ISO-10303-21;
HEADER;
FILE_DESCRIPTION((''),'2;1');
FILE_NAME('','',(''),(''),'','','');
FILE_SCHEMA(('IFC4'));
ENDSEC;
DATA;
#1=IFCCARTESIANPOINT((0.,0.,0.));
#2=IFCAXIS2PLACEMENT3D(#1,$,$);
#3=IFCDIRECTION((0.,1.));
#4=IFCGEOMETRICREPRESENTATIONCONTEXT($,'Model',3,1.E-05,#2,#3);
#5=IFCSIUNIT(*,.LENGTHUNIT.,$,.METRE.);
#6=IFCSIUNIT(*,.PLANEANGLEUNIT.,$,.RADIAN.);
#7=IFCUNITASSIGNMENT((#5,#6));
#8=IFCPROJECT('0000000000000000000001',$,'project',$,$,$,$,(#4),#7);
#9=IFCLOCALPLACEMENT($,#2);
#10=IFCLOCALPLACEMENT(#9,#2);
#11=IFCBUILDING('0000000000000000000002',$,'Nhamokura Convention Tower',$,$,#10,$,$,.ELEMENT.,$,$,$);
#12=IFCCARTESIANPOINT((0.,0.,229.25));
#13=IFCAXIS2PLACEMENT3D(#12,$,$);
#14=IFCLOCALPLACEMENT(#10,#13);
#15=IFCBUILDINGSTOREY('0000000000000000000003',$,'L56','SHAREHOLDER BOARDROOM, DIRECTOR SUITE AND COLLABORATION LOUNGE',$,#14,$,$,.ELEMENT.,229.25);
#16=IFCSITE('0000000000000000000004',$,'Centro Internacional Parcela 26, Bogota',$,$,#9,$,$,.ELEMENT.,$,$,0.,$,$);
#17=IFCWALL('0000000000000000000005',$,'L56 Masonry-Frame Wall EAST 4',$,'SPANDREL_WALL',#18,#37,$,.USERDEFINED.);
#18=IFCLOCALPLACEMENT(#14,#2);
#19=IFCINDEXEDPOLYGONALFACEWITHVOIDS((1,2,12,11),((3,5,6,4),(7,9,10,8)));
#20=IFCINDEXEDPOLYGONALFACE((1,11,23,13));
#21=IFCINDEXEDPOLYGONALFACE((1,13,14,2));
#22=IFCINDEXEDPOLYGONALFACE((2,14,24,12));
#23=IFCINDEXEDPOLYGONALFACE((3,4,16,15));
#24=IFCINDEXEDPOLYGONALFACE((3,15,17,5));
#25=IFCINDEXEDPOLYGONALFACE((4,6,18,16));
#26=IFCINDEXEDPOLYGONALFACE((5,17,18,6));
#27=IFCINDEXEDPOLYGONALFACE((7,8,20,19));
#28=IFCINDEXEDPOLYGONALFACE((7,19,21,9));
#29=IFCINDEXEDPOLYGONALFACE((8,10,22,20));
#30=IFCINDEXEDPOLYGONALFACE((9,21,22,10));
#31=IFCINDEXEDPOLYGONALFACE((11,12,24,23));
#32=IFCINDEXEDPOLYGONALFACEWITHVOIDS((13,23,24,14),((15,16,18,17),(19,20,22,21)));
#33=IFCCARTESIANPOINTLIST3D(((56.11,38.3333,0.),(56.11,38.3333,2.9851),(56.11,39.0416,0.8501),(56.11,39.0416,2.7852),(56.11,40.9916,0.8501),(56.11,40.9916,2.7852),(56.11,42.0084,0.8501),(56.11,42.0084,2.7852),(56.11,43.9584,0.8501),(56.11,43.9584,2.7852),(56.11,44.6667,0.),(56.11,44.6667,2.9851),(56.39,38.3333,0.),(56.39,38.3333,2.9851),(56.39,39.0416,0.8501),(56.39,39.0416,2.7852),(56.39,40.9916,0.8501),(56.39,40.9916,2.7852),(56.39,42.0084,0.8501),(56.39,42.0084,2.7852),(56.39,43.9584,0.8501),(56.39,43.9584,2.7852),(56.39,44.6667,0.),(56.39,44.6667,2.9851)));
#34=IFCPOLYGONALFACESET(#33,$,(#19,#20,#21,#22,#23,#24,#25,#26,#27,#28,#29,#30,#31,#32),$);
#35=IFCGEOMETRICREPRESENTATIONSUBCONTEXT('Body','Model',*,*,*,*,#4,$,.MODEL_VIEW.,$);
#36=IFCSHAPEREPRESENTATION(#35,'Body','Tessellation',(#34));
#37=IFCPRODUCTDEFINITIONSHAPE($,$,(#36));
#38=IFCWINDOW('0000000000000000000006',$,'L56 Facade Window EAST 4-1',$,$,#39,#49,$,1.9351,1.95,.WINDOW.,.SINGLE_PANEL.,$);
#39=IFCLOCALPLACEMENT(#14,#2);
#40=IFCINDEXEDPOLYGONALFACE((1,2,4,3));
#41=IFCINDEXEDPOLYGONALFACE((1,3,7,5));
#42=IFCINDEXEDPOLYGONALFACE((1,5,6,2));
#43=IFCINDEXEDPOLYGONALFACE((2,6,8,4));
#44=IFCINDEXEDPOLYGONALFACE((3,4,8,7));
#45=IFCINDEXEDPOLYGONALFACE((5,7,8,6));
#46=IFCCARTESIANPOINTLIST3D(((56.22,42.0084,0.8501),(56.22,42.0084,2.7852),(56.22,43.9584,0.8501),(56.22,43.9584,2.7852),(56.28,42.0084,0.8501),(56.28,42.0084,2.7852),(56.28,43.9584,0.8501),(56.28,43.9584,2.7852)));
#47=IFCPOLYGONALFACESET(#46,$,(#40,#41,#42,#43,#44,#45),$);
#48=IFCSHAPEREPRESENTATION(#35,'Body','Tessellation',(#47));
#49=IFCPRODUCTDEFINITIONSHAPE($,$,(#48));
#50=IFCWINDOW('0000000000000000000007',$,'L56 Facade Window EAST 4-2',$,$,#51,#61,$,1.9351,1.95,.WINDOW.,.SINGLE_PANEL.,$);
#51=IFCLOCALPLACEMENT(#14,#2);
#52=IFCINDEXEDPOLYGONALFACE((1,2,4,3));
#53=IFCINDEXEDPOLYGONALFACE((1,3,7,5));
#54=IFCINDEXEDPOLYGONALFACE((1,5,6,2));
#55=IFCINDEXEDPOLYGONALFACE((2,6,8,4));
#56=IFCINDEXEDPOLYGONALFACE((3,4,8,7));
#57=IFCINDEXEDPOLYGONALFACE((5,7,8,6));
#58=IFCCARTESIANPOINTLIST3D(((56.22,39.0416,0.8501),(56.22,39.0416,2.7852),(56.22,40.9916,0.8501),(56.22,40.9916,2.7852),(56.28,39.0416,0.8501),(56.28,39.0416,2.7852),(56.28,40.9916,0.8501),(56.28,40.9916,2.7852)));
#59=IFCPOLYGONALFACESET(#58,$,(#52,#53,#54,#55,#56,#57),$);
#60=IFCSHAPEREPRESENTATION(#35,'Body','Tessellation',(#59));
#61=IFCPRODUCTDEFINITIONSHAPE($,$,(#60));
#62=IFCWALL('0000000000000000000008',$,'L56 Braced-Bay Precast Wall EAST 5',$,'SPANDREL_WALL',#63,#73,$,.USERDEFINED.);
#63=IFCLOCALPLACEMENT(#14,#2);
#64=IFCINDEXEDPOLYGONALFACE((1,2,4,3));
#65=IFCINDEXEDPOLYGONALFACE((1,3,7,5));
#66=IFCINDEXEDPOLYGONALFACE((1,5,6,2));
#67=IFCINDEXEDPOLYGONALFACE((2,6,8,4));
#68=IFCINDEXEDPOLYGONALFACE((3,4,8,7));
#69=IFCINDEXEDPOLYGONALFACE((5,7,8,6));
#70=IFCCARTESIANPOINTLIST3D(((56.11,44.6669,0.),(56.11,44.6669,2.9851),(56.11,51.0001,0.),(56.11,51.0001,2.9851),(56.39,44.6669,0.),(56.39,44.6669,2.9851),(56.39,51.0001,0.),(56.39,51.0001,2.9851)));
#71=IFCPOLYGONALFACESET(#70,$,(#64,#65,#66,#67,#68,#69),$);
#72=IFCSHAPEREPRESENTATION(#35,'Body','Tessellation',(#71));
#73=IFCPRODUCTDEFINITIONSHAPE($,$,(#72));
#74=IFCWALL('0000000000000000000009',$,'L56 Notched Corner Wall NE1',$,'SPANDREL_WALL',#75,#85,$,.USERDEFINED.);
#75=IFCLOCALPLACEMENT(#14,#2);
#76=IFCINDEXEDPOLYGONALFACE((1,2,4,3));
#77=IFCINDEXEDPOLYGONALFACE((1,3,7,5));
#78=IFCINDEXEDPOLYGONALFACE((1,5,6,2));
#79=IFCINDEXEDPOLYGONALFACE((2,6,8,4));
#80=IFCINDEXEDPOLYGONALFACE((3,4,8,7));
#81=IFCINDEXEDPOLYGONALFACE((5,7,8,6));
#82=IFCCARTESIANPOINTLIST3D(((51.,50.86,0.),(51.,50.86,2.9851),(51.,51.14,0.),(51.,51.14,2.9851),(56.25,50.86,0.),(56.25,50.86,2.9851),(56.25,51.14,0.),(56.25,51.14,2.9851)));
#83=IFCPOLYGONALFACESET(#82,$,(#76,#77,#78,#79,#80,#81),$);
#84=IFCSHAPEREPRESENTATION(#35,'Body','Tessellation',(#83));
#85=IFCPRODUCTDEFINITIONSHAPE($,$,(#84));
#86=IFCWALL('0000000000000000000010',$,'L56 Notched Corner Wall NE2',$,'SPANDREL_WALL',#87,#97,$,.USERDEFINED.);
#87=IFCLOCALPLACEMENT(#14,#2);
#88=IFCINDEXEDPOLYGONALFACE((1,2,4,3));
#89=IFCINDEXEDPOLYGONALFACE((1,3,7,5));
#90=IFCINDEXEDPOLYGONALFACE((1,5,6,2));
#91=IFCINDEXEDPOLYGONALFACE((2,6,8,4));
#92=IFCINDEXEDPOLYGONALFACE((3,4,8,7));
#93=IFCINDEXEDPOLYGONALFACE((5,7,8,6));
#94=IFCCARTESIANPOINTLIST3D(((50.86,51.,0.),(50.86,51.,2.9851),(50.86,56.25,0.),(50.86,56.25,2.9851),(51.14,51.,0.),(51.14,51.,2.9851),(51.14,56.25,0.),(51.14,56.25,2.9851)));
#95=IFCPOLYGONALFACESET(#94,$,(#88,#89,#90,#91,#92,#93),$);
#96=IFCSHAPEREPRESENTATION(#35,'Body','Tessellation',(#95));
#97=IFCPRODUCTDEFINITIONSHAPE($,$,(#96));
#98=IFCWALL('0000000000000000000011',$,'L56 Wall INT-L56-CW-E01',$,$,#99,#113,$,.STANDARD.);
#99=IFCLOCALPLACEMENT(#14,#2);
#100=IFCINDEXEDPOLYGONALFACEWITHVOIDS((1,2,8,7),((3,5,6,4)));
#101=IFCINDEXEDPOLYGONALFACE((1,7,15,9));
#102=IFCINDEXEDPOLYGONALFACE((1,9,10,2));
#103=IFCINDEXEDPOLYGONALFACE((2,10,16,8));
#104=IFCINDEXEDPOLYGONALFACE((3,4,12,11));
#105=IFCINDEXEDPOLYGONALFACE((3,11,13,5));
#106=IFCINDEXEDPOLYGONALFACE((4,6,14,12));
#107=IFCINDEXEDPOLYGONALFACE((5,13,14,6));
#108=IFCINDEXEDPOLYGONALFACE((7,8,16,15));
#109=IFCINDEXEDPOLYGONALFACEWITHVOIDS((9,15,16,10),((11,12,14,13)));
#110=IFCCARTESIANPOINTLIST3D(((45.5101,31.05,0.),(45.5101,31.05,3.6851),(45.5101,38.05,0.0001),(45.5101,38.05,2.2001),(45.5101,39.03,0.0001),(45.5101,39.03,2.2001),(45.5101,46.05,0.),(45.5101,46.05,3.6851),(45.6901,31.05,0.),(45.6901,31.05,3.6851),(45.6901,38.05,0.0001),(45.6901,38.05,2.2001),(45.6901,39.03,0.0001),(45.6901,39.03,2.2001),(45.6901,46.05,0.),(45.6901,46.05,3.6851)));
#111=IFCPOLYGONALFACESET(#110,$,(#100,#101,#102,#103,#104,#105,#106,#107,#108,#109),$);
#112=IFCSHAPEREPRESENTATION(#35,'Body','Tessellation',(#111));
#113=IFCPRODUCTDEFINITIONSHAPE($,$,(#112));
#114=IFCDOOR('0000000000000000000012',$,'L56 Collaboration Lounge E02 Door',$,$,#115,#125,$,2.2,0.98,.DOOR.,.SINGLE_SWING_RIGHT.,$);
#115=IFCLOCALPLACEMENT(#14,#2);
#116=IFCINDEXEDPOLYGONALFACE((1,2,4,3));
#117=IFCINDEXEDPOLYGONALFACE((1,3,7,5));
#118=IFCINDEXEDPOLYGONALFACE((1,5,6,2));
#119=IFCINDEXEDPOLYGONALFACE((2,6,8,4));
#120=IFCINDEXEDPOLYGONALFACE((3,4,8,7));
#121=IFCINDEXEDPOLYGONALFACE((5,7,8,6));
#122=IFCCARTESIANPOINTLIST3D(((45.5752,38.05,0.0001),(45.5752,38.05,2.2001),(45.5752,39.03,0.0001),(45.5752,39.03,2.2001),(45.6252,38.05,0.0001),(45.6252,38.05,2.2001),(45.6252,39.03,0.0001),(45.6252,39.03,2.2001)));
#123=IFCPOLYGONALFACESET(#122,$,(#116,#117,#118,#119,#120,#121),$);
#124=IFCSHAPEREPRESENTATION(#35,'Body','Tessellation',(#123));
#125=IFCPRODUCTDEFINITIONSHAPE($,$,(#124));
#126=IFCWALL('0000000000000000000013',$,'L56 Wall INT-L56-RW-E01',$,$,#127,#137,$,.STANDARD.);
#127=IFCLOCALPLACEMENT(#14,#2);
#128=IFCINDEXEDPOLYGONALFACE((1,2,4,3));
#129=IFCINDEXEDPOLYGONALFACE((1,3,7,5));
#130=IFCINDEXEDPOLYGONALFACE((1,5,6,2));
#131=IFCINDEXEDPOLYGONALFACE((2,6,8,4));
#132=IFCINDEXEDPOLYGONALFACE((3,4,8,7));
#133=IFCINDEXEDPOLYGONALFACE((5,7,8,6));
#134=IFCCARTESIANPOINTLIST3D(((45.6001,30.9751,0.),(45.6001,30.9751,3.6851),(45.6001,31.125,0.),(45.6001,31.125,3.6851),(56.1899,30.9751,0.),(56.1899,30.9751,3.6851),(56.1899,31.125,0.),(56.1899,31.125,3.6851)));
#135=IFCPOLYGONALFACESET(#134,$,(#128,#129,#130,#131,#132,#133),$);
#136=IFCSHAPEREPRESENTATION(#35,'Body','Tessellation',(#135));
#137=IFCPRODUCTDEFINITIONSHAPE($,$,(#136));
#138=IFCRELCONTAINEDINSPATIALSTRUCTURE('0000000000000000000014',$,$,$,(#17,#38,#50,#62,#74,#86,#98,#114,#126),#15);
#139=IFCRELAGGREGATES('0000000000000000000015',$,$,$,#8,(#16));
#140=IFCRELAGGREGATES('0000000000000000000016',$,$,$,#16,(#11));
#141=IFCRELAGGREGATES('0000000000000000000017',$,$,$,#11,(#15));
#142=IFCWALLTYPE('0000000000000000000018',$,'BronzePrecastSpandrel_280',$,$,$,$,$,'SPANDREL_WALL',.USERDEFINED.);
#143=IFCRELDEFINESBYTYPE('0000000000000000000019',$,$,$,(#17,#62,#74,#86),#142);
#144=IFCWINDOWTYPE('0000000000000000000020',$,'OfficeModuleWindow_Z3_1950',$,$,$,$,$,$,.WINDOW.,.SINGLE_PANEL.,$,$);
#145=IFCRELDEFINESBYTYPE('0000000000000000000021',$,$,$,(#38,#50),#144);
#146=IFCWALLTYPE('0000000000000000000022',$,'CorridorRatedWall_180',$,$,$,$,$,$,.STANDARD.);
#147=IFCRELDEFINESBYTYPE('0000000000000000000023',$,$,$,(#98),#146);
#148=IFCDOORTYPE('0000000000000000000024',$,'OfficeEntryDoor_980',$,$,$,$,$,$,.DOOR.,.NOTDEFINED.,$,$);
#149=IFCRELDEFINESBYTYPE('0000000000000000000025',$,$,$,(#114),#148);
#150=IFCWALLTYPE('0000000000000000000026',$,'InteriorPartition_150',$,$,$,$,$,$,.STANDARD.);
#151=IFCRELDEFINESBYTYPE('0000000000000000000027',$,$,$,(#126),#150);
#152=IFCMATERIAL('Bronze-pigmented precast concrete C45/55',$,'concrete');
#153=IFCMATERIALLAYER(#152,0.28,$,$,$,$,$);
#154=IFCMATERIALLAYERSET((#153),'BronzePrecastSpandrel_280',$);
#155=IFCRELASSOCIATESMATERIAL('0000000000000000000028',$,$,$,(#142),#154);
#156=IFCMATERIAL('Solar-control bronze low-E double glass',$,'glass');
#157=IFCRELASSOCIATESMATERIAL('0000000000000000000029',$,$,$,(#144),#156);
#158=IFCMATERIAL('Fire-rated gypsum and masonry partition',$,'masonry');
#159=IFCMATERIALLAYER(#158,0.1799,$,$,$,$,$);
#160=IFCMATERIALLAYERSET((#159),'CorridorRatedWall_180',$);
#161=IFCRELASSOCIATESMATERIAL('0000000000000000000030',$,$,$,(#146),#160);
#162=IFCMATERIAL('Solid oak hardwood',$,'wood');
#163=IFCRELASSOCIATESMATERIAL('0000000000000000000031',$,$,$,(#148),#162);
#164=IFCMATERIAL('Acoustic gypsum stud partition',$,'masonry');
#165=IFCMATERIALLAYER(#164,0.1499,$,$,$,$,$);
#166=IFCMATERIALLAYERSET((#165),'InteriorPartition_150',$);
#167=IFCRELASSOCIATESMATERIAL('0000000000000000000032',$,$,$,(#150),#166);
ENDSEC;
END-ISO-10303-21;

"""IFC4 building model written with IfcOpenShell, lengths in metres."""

from ifc_helpers import new_model, si_unit, direction, frame, frame_2d, origin, place, context, subcontext, project, spatial, rectangle, extrude, material, layer, layer_set, type_object, element, fill, save


model = new_model("IFC4")

# Units and contexts
model_context = context("Model", 3, precision=1e-05, world=origin(), true_north=direction((0.0, 1.0)))
body_context = subcontext(model_context, "Body", "Model", "MODEL_VIEW")
ifc_project = project(units=[si_unit("LENGTHUNIT", "METRE"), si_unit("PLANEANGLEUNIT", "RADIAN")], contexts=[model_context])

# Site, building, storey
site_placement = place(None, origin())
site = spatial("IfcSite", under=ifc_project, at=site_placement, Name="Centro Internacional Parcela 26, Bogota", CompositionType="ELEMENT", RefElevation=0.0)
building_placement = place(site_placement, origin())
building = spatial("IfcBuilding", under=site, at=building_placement, Name="Nhamokura Convention Tower", CompositionType="ELEMENT")
storey_placement = place(building_placement, frame((0.0, 0.0, 229.25)))
storey = spatial("IfcBuildingStorey", under=building, at=storey_placement, Name="L56", Description="SHAREHOLDER BOARDROOM, DIRECTOR SUITE AND COLLABORATION LOUNGE", CompositionType="ELEMENT", Elevation=229.25)

# Shared definitions
ifc_material_1 = material(Name="Bronze-pigmented precast concrete C45/55", Category="concrete")
ifc_layer_1 = layer(ifc_material_1, 0.28)
ifc_layer_set_1 = layer_set([ifc_layer_1], Name="BronzePrecastSpandrel_280")
wall_type_1 = type_object("IfcWallType", Name="BronzePrecastSpandrel_280", ElementType="SPANDREL_WALL", PredefinedType="USERDEFINED", material=ifc_layer_set_1)

# Wall, openings, windows
wall_1_placement = place(storey_placement, frame((56.25, 44.6667, 0.0), z_axis=(0.0, 0.0, 1.0), x_axis=(0.0, -1.0, 0.0)))
wall_1 = element("IfcWall", 1, at=wall_1_placement, inside=storey, type_object=wall_type_1, Name="L56 Masonry-Frame Wall EAST 4", ObjectType="SPANDREL_WALL", PredefinedType="USERDEFINED", context=body_context, shape_type="SweptSolid", body=[
    extrude(rectangle(XDim=6.3335, YDim=0.28, at=frame_2d((3.1667, 0.0))), origin(), (0.0, 0.0, 1.0), 2.9851),
])
opening_1_placement = place(wall_1_placement, frame((0.7083, 0.0, 0.8501)))
opening_1 = element("IfcOpeningElement", 2, at=opening_1_placement, cuts=wall_1, PredefinedType="OPENING", context=body_context, shape_type="SweptSolid", body=[
    extrude(rectangle(XDim=1.95, YDim=1.9351, at=frame_2d((0.9751, 0.9675))), frame((0.0, 0.1499, 0.0), z_axis=(0.0, -1.0, 0.0), x_axis=(1.0, 0.0, 0.0)), (0.0, 0.0, 1.0), 0.3),
])
opening_2_placement = place(wall_1_placement, frame((3.675, 0.0, 0.8501)))
opening_2 = element("IfcOpeningElement", 3, at=opening_2_placement, cuts=wall_1, PredefinedType="OPENING", context=body_context, shape_type="SweptSolid", body=[
    extrude(rectangle(XDim=1.95, YDim=1.9351, at=frame_2d((0.9751, 0.9675))), frame((0.0, 0.1499, 0.0), z_axis=(0.0, -1.0, 0.0), x_axis=(1.0, 0.0, 0.0)), (0.0, 0.0, 1.0), 0.3),
])
ifc_material_2 = material(Name="Solar-control bronze low-E double glass", Category="glass")
window_type_1 = type_object("IfcWindowType", Name="OfficeModuleWindow_Z3_1950", PartitioningType="SINGLE_PANEL", PredefinedType="WINDOW", material=ifc_material_2)
window_1_placement = place(opening_1_placement, origin())
window_1 = element("IfcWindow", 4, at=window_1_placement, inside=storey, type_object=window_type_1, Name="L56 Facade Window EAST 4-1", OverallHeight=1.9351, OverallWidth=1.95, PartitioningType="SINGLE_PANEL", PredefinedType="WINDOW", context=body_context, shape_type="SweptSolid", body=[
    extrude(rectangle(XDim=1.95, YDim=1.9351, at=frame_2d((0.9751, 0.9675))), frame((0.0, 0.03, 0.0), z_axis=(0.0, -1.0, 0.0), x_axis=(1.0, 0.0, 0.0)), (0.0, 0.0, 1.0), 0.0601),
])
fill(opening_1, window_1)
window_2_placement = place(opening_2_placement, origin())
window_2 = element("IfcWindow", 5, at=window_2_placement, inside=storey, type_object=window_type_1, Name="L56 Facade Window EAST 4-2", OverallHeight=1.9351, OverallWidth=1.95, PartitioningType="SINGLE_PANEL", PredefinedType="WINDOW", context=body_context, shape_type="SweptSolid", body=[
    extrude(rectangle(XDim=1.95, YDim=1.9351, at=frame_2d((0.9751, 0.9675))), frame((0.0, 0.03, 0.0), z_axis=(0.0, -1.0, 0.0), x_axis=(1.0, 0.0, 0.0)), (0.0, 0.0, 1.0), 0.0601),
])
fill(opening_2, window_2)

# Walls
wall_2_placement = place(storey_placement, frame((56.25, 51.0, 0.0), z_axis=(0.0, 0.0, 1.0), x_axis=(0.0, -1.0, 0.0)))
element("IfcWall", 6, at=wall_2_placement, inside=storey, type_object=wall_type_1, Name="L56 Braced-Bay Precast Wall EAST 5", ObjectType="SPANDREL_WALL", PredefinedType="USERDEFINED", context=body_context, shape_type="SweptSolid", body=[
    extrude(rectangle(XDim=6.3333, YDim=0.28, at=frame_2d((3.1665, 0.0))), origin(), (0.0, 0.0, 1.0), 2.9851),
])
for number, where, z_axis, x_axis, name in (
    (7, (51.0, 51.0, 0.0), (0.0, 0.0, 1.0), (1.0, 0.0, 0.0), "L56 Notched Corner Wall NE1"),
    (8, (51.0, 56.25, 0.0), (0.0, 0.0, 1.0), (0.0, -1.0, 0.0), "L56 Notched Corner Wall NE2"),
):
    element("IfcWall", number, at=place(storey_placement, frame(where, z_axis=z_axis, x_axis=x_axis)), inside=storey, type_object=wall_type_1, Name=name, ObjectType="SPANDREL_WALL", PredefinedType="USERDEFINED", context=body_context, shape_type="SweptSolid", body=[
        extrude(rectangle(XDim=5.25, YDim=0.28, at=frame_2d((2.625, 0.0))), origin(), (0.0, 0.0, 1.0), 2.9851),
    ])

# Wall, opening, door
ifc_material_3 = material(Name="Fire-rated gypsum and masonry partition", Category="masonry")
ifc_layer_2 = layer(ifc_material_3, 0.1799)
ifc_layer_set_2 = layer_set([ifc_layer_2], Name="CorridorRatedWall_180")
wall_type_2 = type_object("IfcWallType", Name="CorridorRatedWall_180", PredefinedType="STANDARD", material=ifc_layer_set_2)
wall_3_placement = place(storey_placement, frame((45.6001, 31.05, 0.0), z_axis=(0.0, 0.0, 1.0), x_axis=(0.0, 1.0, 0.0)))
wall_3 = element("IfcWall", 9, at=wall_3_placement, inside=storey, type_object=wall_type_2, Name="L56 Wall INT-L56-CW-E01", PredefinedType="STANDARD", context=body_context, shape_type="SweptSolid", body=[
    extrude(rectangle(XDim=15.0, YDim=0.1799, at=frame_2d((7.5, 0.0))), origin(), (0.0, 0.0, 1.0), 3.6851),
])
opening_3_placement = place(wall_3_placement, frame((7.0, 0.0, 0.0)))
opening_3 = element("IfcOpeningElement", 10, at=opening_3_placement, cuts=wall_3, PredefinedType="OPENING", context=body_context, shape_type="SweptSolid", body=[
    extrude(rectangle(XDim=0.98, YDim=2.2, at=frame_2d((0.49, 1.1001))), frame((0.0, 0.0999, 0.0), z_axis=(0.0, -1.0, 0.0), x_axis=(1.0, 0.0, 0.0)), (0.0, 0.0, 1.0), 0.2),
])
ifc_material_4 = material(Name="Solid oak hardwood", Category="wood")
door_type = type_object("IfcDoorType", Name="OfficeEntryDoor_980", OperationType="NOTDEFINED", PredefinedType="DOOR", material=ifc_material_4)
door_placement = place(opening_3_placement, origin())
door = element("IfcDoor", 11, at=door_placement, inside=storey, type_object=door_type, Name="L56 Collaboration Lounge E02 Door", OperationType="SINGLE_SWING_RIGHT", OverallHeight=2.2, OverallWidth=0.98, PredefinedType="DOOR", context=body_context, shape_type="SweptSolid", body=[
    extrude(rectangle(XDim=0.98, YDim=2.2, at=frame_2d((0.49, 1.1001))), frame((0.0, 0.0249, 0.0), z_axis=(0.0, -1.0, 0.0), x_axis=(1.0, 0.0, 0.0)), (0.0, 0.0, 1.0), 0.05),
])
fill(opening_3, door)

# Wall
ifc_material_5 = material(Name="Acoustic gypsum stud partition", Category="masonry")
ifc_layer_3 = layer(ifc_material_5, 0.1499)
ifc_layer_set_3 = layer_set([ifc_layer_3], Name="InteriorPartition_150")
wall_type_3 = type_object("IfcWallType", Name="InteriorPartition_150", PredefinedType="STANDARD", material=ifc_layer_set_3)
wall_4_placement = place(storey_placement, frame((45.6001, 31.05, 0.0), z_axis=(0.0, 0.0, 1.0), x_axis=(1.0, 0.0, 0.0)))
element("IfcWall", 12, at=wall_4_placement, inside=storey, type_object=wall_type_3, Name="L56 Wall INT-L56-RW-E01", PredefinedType="STANDARD", context=body_context, shape_type="SweptSolid", body=[
    extrude(rectangle(XDim=10.5898, YDim=0.1499, at=frame_2d((5.2949, 0.0))), origin(), (0.0, 0.0, 1.0), 3.6851),
])

save(model, "model.ifc")
